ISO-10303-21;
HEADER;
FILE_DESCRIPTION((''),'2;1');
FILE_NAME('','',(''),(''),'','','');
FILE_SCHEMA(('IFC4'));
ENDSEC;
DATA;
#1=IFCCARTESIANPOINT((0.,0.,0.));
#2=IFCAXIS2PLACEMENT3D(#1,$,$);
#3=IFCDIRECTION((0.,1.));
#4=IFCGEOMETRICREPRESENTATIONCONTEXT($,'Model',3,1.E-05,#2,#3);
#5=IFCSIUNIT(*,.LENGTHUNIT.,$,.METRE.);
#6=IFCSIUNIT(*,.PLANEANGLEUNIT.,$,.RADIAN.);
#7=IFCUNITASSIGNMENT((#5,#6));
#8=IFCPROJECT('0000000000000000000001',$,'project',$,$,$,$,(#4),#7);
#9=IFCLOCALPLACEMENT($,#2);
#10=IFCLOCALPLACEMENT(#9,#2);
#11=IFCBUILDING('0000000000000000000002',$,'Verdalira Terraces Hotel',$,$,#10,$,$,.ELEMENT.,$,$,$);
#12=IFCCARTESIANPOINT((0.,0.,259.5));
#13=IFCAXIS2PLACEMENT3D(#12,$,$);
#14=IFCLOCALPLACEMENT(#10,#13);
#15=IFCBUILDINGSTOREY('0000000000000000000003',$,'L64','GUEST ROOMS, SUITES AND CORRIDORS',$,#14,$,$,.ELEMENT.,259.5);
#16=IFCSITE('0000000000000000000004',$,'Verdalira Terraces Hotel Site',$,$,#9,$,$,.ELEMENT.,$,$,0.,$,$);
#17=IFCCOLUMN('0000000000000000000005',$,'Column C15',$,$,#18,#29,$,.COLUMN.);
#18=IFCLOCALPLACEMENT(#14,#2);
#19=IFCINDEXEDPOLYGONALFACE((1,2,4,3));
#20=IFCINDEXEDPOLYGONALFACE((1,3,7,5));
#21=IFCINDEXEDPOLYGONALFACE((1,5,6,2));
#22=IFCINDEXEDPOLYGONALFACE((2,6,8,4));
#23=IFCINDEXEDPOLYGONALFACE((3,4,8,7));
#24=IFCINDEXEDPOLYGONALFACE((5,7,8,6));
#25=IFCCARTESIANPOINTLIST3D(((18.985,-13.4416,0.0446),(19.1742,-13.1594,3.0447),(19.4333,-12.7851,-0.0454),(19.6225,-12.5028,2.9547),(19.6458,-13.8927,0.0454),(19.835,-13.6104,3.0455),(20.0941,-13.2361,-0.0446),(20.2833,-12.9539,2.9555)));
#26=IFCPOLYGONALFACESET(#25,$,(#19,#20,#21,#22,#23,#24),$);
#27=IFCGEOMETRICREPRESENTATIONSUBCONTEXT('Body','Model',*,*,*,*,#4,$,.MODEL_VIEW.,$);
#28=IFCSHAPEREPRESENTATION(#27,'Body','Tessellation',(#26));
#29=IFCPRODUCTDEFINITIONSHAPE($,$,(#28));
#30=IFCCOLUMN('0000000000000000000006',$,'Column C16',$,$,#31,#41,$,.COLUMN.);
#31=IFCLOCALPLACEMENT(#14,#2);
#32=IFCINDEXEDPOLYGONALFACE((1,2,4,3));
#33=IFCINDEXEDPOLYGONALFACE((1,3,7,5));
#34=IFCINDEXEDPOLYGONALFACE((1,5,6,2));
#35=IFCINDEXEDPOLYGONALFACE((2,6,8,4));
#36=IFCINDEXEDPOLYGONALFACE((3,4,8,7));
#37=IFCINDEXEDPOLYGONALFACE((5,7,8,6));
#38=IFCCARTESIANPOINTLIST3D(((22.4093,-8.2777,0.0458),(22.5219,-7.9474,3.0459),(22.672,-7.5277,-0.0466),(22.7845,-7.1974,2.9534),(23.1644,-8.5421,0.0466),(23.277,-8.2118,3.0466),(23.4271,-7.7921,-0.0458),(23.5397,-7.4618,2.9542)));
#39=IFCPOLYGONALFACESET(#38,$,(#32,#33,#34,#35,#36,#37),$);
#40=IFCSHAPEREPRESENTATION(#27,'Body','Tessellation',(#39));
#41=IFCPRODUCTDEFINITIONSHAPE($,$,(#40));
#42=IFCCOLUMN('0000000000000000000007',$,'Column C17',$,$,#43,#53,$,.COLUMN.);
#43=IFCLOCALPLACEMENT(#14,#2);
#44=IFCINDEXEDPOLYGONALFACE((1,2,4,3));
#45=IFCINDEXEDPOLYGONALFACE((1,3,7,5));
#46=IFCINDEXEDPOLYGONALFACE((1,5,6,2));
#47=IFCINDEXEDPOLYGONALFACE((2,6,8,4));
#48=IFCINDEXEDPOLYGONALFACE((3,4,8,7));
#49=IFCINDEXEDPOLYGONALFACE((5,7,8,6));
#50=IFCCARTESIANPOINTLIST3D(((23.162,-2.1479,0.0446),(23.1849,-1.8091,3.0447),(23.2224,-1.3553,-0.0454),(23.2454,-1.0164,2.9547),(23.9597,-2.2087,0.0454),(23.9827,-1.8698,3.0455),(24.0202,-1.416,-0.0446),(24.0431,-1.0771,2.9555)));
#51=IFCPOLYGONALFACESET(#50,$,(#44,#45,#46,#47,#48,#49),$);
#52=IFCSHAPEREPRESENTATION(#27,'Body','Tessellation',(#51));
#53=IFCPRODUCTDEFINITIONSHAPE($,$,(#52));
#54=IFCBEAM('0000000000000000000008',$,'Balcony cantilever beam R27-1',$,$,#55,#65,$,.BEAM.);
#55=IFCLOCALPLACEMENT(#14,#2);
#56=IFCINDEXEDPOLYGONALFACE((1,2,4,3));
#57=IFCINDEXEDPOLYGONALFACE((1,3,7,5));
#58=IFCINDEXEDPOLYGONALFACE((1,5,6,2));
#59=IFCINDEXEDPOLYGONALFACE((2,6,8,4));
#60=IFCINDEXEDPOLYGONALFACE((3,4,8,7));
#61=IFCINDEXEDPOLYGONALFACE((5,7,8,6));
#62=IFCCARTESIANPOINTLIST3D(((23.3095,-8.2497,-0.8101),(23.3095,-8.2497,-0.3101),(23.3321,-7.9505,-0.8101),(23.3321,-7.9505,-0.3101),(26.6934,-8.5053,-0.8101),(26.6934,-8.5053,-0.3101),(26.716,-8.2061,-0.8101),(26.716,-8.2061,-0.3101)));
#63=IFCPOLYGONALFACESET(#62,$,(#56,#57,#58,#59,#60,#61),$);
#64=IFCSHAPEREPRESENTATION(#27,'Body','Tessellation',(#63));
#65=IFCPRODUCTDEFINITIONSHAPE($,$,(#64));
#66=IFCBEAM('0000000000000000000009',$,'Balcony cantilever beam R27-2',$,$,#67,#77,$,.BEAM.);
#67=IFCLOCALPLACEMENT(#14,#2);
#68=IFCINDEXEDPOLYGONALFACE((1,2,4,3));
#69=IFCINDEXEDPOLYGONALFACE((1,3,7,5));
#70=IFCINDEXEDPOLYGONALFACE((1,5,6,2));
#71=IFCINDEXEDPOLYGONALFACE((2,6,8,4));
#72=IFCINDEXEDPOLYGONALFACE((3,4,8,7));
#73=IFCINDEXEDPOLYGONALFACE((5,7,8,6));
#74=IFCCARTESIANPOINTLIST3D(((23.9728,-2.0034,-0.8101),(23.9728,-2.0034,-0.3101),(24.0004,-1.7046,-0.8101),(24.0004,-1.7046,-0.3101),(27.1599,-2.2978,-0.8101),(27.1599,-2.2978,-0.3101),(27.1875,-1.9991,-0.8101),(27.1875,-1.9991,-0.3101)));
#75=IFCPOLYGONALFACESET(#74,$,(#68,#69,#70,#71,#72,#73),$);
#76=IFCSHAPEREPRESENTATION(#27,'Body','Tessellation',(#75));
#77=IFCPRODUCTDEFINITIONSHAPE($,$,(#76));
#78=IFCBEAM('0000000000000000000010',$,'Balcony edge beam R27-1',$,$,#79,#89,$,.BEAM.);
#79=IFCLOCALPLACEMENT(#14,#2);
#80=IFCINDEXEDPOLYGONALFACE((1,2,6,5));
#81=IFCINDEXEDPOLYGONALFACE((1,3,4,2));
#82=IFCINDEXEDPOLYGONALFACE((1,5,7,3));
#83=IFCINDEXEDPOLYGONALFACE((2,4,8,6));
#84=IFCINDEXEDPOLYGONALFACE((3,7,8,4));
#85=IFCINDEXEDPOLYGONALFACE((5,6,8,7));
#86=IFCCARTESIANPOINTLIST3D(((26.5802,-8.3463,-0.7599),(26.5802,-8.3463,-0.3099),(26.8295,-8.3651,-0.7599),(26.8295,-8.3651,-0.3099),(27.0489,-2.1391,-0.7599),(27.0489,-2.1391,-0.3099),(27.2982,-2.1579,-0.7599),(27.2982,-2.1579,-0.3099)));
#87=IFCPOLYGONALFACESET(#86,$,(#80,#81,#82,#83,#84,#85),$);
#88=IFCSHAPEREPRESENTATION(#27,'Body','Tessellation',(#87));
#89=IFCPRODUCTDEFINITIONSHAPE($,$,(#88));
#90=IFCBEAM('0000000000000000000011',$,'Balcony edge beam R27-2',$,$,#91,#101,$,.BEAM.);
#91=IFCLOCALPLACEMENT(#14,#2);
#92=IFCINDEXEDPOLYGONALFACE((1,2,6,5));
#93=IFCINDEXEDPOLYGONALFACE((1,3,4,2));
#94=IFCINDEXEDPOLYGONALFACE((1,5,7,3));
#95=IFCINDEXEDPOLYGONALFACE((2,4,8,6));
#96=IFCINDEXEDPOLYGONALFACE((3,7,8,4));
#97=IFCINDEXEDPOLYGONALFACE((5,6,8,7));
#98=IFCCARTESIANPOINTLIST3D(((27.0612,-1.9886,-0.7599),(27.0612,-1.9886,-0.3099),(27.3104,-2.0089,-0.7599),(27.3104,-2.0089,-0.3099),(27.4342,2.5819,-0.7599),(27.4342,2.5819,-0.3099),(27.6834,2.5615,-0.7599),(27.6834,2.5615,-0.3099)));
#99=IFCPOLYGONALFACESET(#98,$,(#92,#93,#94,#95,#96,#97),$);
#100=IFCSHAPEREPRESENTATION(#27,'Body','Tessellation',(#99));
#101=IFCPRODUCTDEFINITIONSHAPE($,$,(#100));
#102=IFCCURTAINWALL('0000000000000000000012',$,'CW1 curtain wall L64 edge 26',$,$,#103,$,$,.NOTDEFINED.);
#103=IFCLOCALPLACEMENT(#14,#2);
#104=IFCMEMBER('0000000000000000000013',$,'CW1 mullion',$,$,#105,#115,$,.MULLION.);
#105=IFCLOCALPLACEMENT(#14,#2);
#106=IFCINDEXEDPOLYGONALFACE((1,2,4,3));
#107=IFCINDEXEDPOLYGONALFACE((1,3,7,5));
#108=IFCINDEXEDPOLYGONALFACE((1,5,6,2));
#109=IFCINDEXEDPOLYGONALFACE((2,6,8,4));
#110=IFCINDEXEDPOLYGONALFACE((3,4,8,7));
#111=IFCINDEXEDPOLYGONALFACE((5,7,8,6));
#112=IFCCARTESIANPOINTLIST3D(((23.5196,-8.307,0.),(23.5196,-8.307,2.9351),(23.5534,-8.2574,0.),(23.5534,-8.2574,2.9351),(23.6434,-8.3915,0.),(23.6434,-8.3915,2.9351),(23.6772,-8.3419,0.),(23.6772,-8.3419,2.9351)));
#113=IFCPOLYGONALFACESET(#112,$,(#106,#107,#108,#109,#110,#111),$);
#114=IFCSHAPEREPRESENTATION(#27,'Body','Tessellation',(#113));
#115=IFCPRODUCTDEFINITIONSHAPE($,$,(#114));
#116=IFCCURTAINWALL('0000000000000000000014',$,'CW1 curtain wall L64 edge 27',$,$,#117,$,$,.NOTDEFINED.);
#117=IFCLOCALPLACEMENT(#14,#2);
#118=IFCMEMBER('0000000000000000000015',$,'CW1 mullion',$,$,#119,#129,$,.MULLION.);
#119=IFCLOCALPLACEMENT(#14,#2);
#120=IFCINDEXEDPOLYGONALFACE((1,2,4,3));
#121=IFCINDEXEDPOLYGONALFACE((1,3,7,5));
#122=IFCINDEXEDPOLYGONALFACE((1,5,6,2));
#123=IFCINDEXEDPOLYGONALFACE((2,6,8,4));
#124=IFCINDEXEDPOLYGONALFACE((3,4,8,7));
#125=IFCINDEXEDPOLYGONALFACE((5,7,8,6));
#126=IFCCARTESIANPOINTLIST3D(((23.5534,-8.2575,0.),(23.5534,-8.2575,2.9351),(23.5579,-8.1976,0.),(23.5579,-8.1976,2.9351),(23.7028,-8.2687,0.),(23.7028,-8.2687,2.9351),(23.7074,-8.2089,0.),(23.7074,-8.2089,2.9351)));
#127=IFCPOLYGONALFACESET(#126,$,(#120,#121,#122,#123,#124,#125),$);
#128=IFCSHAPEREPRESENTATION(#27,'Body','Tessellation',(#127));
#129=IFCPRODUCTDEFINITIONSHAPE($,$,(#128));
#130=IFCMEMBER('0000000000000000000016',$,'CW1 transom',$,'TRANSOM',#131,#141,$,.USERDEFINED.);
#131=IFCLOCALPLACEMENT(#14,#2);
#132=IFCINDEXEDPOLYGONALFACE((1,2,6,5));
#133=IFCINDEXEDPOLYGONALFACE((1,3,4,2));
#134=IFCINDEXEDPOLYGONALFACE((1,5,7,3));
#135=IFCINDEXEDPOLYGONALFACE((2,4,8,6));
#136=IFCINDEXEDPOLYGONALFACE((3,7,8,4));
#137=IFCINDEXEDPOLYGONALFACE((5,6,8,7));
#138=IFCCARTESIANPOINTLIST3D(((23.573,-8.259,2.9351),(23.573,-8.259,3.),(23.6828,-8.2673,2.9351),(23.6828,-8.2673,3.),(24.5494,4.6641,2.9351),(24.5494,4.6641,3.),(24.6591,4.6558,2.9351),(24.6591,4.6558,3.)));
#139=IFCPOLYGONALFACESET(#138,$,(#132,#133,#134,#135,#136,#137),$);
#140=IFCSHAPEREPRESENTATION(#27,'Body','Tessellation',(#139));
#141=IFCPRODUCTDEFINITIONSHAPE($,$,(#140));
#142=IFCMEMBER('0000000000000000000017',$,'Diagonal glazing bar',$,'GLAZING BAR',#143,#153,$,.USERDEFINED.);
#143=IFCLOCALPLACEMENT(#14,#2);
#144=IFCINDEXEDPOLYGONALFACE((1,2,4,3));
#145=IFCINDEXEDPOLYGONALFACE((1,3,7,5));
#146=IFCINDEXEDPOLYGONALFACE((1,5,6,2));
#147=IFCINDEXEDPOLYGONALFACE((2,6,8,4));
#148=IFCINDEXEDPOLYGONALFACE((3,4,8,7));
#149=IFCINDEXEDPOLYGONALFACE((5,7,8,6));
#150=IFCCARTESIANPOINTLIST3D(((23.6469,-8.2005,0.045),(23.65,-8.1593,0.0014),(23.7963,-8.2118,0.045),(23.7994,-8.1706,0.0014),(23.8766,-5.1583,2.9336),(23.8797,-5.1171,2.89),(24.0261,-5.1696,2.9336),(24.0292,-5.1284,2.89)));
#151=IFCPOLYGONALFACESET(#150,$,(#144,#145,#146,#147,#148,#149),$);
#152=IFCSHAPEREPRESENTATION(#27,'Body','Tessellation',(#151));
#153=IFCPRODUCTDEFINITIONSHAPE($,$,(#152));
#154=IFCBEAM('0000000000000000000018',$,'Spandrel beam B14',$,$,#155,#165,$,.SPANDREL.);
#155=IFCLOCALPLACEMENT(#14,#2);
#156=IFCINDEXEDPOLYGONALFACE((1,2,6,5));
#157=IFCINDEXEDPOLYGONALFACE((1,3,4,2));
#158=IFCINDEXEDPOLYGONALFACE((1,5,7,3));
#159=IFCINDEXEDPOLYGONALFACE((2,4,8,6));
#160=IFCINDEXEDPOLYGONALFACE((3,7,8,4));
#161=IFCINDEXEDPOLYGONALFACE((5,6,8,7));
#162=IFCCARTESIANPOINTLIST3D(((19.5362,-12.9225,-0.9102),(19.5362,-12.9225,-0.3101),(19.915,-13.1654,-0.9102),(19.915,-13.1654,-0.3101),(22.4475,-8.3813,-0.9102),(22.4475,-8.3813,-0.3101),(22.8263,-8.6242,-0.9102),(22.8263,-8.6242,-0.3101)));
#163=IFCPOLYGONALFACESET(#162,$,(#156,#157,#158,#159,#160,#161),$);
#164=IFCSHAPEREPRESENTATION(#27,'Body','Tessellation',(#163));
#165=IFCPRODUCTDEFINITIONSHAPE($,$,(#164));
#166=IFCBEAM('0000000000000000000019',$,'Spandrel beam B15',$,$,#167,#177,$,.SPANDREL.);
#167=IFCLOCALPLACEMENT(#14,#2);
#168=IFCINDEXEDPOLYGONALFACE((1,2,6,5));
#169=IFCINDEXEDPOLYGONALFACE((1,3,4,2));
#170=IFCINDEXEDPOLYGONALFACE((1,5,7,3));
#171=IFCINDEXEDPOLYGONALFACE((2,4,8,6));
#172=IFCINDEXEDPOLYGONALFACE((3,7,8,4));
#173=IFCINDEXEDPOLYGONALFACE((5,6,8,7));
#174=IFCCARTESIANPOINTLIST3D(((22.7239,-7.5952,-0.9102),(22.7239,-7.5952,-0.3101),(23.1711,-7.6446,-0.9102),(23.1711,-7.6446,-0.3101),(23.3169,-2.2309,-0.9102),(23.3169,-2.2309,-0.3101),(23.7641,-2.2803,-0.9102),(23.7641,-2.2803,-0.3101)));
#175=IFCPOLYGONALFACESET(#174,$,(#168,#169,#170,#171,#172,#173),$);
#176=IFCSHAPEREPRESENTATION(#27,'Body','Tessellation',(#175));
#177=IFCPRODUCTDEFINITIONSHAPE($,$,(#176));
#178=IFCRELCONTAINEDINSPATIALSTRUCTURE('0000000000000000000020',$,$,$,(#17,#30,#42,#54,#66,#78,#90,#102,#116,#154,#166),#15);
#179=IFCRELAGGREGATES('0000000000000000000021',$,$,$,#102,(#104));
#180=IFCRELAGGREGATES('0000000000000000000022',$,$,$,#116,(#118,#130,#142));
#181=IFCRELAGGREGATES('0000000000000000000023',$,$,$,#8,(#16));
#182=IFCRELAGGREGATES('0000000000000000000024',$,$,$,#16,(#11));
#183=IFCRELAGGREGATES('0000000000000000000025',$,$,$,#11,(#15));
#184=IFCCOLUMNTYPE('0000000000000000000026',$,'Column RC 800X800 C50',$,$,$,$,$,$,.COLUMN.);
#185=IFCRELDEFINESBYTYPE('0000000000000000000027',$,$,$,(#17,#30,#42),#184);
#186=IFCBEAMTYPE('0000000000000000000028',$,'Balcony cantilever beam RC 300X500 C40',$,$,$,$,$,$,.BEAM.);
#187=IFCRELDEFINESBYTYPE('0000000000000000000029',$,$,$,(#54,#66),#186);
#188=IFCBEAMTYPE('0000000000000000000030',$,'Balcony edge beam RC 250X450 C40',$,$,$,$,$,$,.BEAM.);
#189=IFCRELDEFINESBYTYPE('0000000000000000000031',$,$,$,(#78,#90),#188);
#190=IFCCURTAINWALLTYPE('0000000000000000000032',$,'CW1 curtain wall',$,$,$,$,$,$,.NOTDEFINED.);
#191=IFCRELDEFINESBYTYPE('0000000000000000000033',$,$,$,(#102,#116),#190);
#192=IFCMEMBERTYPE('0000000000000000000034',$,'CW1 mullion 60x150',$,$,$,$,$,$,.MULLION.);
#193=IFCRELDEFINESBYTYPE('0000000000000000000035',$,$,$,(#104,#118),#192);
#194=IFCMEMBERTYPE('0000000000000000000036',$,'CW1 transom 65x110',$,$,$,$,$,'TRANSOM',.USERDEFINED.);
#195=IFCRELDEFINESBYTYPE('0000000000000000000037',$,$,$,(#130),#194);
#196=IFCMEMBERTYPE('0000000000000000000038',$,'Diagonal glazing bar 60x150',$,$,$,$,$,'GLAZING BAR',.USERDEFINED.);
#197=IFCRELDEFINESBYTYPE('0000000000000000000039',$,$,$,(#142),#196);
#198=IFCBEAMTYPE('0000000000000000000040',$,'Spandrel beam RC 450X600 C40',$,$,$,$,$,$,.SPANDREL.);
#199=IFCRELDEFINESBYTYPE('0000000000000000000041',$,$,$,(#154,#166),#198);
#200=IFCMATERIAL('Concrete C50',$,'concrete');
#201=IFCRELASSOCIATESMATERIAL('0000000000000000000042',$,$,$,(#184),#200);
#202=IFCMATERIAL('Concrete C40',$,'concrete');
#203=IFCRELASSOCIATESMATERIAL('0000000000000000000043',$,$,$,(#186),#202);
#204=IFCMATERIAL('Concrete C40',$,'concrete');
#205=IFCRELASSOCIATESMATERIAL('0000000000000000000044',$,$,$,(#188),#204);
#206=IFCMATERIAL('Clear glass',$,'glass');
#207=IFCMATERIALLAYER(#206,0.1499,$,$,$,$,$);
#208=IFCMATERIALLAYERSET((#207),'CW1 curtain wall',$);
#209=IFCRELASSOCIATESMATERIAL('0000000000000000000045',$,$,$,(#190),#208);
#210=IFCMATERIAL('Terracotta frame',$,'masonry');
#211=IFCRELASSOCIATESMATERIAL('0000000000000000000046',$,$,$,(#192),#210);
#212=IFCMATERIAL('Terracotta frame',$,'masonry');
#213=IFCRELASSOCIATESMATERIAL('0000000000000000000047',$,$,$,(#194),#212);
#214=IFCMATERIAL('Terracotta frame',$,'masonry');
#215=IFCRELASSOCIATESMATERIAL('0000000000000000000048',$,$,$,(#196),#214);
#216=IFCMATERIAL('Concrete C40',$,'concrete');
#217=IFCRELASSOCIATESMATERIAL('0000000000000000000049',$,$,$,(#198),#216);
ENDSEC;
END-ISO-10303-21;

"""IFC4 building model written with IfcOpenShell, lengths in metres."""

from ifc_helpers import new_model, si_unit, direction, frame, origin, origin_2d, place, context, subcontext, project, spatial, rectangle, extrude, material, layer, layer_set, material_profile, profile_set, type_object, element, aggregate, save


model = new_model("IFC4")

# Units and contexts
model_context = context("Model", 3, precision=1e-05, world=origin(), true_north=direction((0.0, 1.0)))
body_context = subcontext(model_context, "Body", "Model", "MODEL_VIEW")
ifc_project = project(units=[si_unit("LENGTHUNIT", "METRE"), si_unit("PLANEANGLEUNIT", "RADIAN")], contexts=[model_context])

# Site, building, storey
site_placement = place(None, origin())
site = spatial("IfcSite", under=ifc_project, at=site_placement, Name="Verdalira Terraces Hotel Site", CompositionType="ELEMENT", RefElevation=0.0)
building_placement = place(site_placement, origin())
building = spatial("IfcBuilding", under=site, at=building_placement, Name="Verdalira Terraces Hotel", CompositionType="ELEMENT")
storey_placement = place(building_placement, frame((0.0, 0.0, 259.5)))
storey = spatial("IfcBuildingStorey", under=building, at=storey_placement, Name="L64", Description="GUEST ROOMS, SUITES AND CORRIDORS", CompositionType="ELEMENT", Elevation=259.5)

# Columns
ifc_material_1 = material(Name="Concrete C50", Category="concrete")
ifc_material_profile_1 = material_profile(ifc_material_1, rectangle(XDim=0.8, YDim=0.8, at=origin_2d()), Name="RC 800X800")
ifc_profile_set_1 = profile_set([ifc_material_profile_1], Name="Concrete C50")
column_type = type_object("IfcColumnType", Name="Column RC 800X800 C50", PredefinedType="COLUMN", material=ifc_profile_set_1)
column_1_placement = place(storey_placement, frame((19.5396, -13.3389, 0.0), z_axis=(0.062669, 0.093478, 0.993647), x_axis=(0.5603, 0.820609, -0.112537)))
element("IfcColumn", 1, at=column_1_placement, inside=storey, type_object=column_type, Name="Column C15", PredefinedType="COLUMN", context=body_context, shape_type="SweptSolid", body=[
    extrude(rectangle(XDim=0.8, YDim=0.8, at=origin_2d()), origin(), (0.0, 0.0, 1.0), 3.0193),
])
column_2_placement = place(storey_placement, frame((22.9182, -8.0349, 0.0), z_axis=(0.037265, 0.10937, 0.993302), x_axis=(-0.328328, -0.93747, 0.11554)))
element("IfcColumn", 2, at=column_2_placement, inside=storey, type_object=column_type, Name="Column C16", PredefinedType="COLUMN", context=body_context, shape_type="SweptSolid", body=[
    extrude(rectangle(XDim=0.8, YDim=0.8, at=origin_2d()), origin(), (0.0, 0.0, 1.0), 3.0203),
])
column_3_placement = place(storey_placement, frame((23.5911, -1.782, 0.0), z_axis=(0.007601, 0.112239, 0.993652), x_axis=(0.07555, 0.990776, -0.112492)))
element("IfcColumn", 3, at=column_3_placement, inside=storey, type_object=column_type, Name="Column C17", PredefinedType="COLUMN", context=body_context, shape_type="SweptSolid", body=[
    extrude(rectangle(XDim=0.8, YDim=0.8, at=origin_2d()), origin(), (0.0, 0.0, 1.0), 3.0193),
])

# Beams
ifc_material_2 = material(Name="Concrete C40", Category="concrete")
ifc_material_profile_2 = material_profile(ifc_material_2, rectangle(XDim=0.3, YDim=0.5, at=origin_2d()), Name="RC 300X500")
ifc_profile_set_2 = profile_set([ifc_material_profile_2], Name="Concrete C40")
beam_type_1 = type_object("IfcBeamType", Name="Balcony cantilever beam RC 300X500 C40", PredefinedType="BEAM", material=ifc_profile_set_2)
beam_1_placement = place(storey_placement, frame((23.3208, -8.1001, -0.5601), z_axis=(0.997159, -0.075321, 0.0), x_axis=(0.075321, 0.997159, 0.0)))
element("IfcBeam", 4, at=beam_1_placement, inside=storey, type_object=beam_type_1, Name="Balcony cantilever beam R27-1", PredefinedType="BEAM", context=body_context, shape_type="SweptSolid", body=[
    extrude(rectangle(XDim=0.3, YDim=0.5, at=origin_2d()), origin(), (0.0, 0.0, 1.0), 3.3936),
])
beam_2_placement = place(storey_placement, frame((23.9866, -1.854, -0.5601), z_axis=(0.99576, -0.091994, 0.0), x_axis=(0.091994, 0.99576, 0.0)))
element("IfcBeam", 5, at=beam_2_placement, inside=storey, type_object=beam_type_1, Name="Balcony cantilever beam R27-2", PredefinedType="BEAM", context=body_context, shape_type="SweptSolid", body=[
    extrude(rectangle(XDim=0.3, YDim=0.5, at=origin_2d()), origin(), (0.0, 0.0, 1.0), 3.2007),
])
ifc_material_3 = material(Name="Concrete C40", Category="concrete")
ifc_material_profile_3 = material_profile(ifc_material_3, rectangle(XDim=0.25, YDim=0.45, at=origin_2d()), Name="RC 250X450")
ifc_profile_set_3 = profile_set([ifc_material_profile_3], Name="Concrete C40")
beam_type_2 = type_object("IfcBeamType", Name="Balcony edge beam RC 250X450 C40", PredefinedType="BEAM", material=ifc_profile_set_3)
beam_3_placement = place(storey_placement, frame((26.7048, -8.3557, -0.5349), z_axis=(0.075302, 0.997161, 0.0), x_axis=(-0.997161, 0.075302, 0.0)))
element("IfcBeam", 6, at=beam_3_placement, inside=storey, type_object=beam_type_2, Name="Balcony edge beam R27-1", PredefinedType="BEAM", context=body_context, shape_type="SweptSolid", body=[
    extrude(rectangle(XDim=0.25, YDim=0.45, at=origin_2d()), origin(), (0.0, 0.0, 1.0), 6.2249),
])
beam_4_placement = place(storey_placement, frame((27.1858, -1.9988, -0.5349), z_axis=(0.081349, 0.996686, 0.0), x_axis=(-0.996686, 0.081349, 0.0)))
element("IfcBeam", 7, at=beam_4_placement, inside=storey, type_object=beam_type_2, Name="Balcony edge beam R27-2", PredefinedType="BEAM", context=body_context, shape_type="SweptSolid", body=[
    extrude(rectangle(XDim=0.25, YDim=0.45, at=origin_2d()), origin(), (0.0, 0.0, 1.0), 4.5857),
])

# Curtain wall, member
ifc_material_4 = material(Name="Clear glass", Category="glass")
ifc_layer_1 = layer(ifc_material_4, 0.1499)
ifc_layer_set_1 = layer_set([ifc_layer_1], Name="CW1 curtain wall")
curtain_wall_type = type_object("IfcCurtainWallType", Name="CW1 curtain wall", PredefinedType="NOTDEFINED", material=ifc_layer_set_1)
curtain_wall_1_placement = place(storey_placement, origin())
curtain_wall_1 = element("IfcCurtainWall", 8, at=curtain_wall_1_placement, inside=storey, type_object=curtain_wall_type, Name="CW1 curtain wall L64 edge 26", PredefinedType="NOTDEFINED")
ifc_material_5 = material(Name="Terracotta frame", Category="masonry")
ifc_material_profile_4 = material_profile(ifc_material_5, rectangle(XDim=0.0601, YDim=0.1499, at=origin_2d()), Name="MU 60x150")
ifc_profile_set_4 = profile_set([ifc_material_profile_4], Name="Terracotta frame")
member_type_1 = type_object("IfcMemberType", Name="CW1 mullion 60x150", PredefinedType="MULLION", material=ifc_profile_set_4)
member_1_placement = place(storey_placement, frame((23.5984, -8.3245, 0.0), z_axis=(0.0, 0.0, 1.0), x_axis=(0.563814, 0.825902, 0.0)))
member_1 = element("IfcMember", 9, at=member_1_placement, type_object=member_type_1, Name="CW1 mullion", PredefinedType="MULLION", context=body_context, shape_type="SweptSolid", body=[
    extrude(rectangle(XDim=0.0601, YDim=0.1499, at=origin_2d()), origin(), (0.0, 0.0, 1.0), 2.9351),
])

# Curtain wall, members
curtain_wall_2_placement = place(storey_placement, origin())
curtain_wall_2 = element("IfcCurtainWall", 10, at=curtain_wall_2_placement, inside=storey, type_object=curtain_wall_type, Name="CW1 curtain wall L64 edge 27", PredefinedType="NOTDEFINED")
member_2_placement = place(storey_placement, frame((23.6304, -8.2332, 0.0), z_axis=(0.0, 0.0, 1.0), x_axis=(0.075327, 0.997159, 0.0)))
member_2 = element("IfcMember", 11, at=member_2_placement, type_object=member_type_1, Name="CW1 mullion", PredefinedType="MULLION", context=body_context, shape_type="SweptSolid", body=[
    extrude(rectangle(XDim=0.0601, YDim=0.1499, at=origin_2d()), origin(), (0.0, 0.0, 1.0), 2.9351),
])
ifc_material_6 = material(Name="Terracotta frame", Category="masonry")
ifc_material_profile_5 = material_profile(ifc_material_6, rectangle(XDim=0.1101, YDim=0.0649, at=origin_2d()), Name="TR 65x110")
ifc_profile_set_5 = profile_set([ifc_material_profile_5], Name="Terracotta frame")
member_type_2 = type_object("IfcMemberType", Name="CW1 transom 65x110", ElementType="TRANSOM", PredefinedType="USERDEFINED", material=ifc_profile_set_5)
member_3_placement = place(storey_placement, frame((23.6279, -8.2632, 2.9675), z_axis=(0.075334, 0.997158, 0.0), x_axis=(-0.997158, 0.075334, 0.0)))
member_3 = element("IfcMember", 12, at=member_3_placement, type_object=member_type_2, Name="CW1 transom", ObjectType="TRANSOM", PredefinedType="USERDEFINED", context=body_context, shape_type="SweptSolid", body=[
    extrude(rectangle(XDim=0.1101, YDim=0.0649, at=origin_2d()), origin(), (0.0, 0.0, 1.0), 12.96),
])
ifc_material_7 = material(Name="Terracotta frame", Category="masonry")
ifc_material_profile_6 = material_profile(ifc_material_7, rectangle(XDim=0.1499, YDim=0.0601, at=origin_2d()), Name="GB 60x150")
ifc_profile_set_6 = profile_set([ifc_material_profile_6], Name="Terracotta frame")
member_type_3 = type_object("IfcMemberType", Name="Diagonal glazing bar 60x150", ElementType="GLAZING BAR", PredefinedType="USERDEFINED", material=ifc_profile_set_6)
member_4_placement = place(storey_placement, frame((23.7231, -8.1855, 0.0232), z_axis=(0.05468, 0.724087, 0.687537), x_axis=(-0.997161, 0.075301, 0.0)))
member_4 = element("IfcMember", 13, at=member_4_placement, type_object=member_type_3, Name="Diagonal glazing bar", ObjectType="GLAZING BAR", PredefinedType="USERDEFINED", context=body_context, shape_type="SweptSolid", body=[
    extrude(rectangle(XDim=0.1499, YDim=0.0601, at=origin_2d()), origin(), (0.0, 0.0, 1.0), 4.2014),
])

# Beams
ifc_material_8 = material(Name="Concrete C40", Category="concrete")
ifc_material_profile_7 = material_profile(ifc_material_8, rectangle(XDim=0.45, YDim=0.6001, at=origin_2d()), Name="RC 450X600")
ifc_profile_set_7 = profile_set([ifc_material_profile_7], Name="Concrete C40")
beam_type_3 = type_object("IfcBeamType", Name="Spandrel beam RC 450X600 C40", PredefinedType="SPANDREL", material=ifc_profile_set_7)
beam_5_placement = place(storey_placement, frame((19.7256, -13.0439, -0.6101), z_axis=(0.539707, 0.841853, 0.0), x_axis=(-0.841853, 0.539707, 0.0)))
element("IfcBeam", 14, at=beam_5_placement, inside=storey, type_object=beam_type_3, Name="Spandrel beam B14", PredefinedType="SPANDREL", context=body_context, shape_type="SweptSolid", body=[
    extrude(rectangle(XDim=0.45, YDim=0.6001, at=origin_2d()), origin(), (0.0, 0.0, 1.0), 5.3943),
])
beam_6_placement = place(storey_placement, frame((22.9475, -7.6199, -0.6101), z_axis=(0.10988, 0.993945, 0.0), x_axis=(-0.993945, 0.10988, 0.0)))
element("IfcBeam", 15, at=beam_6_placement, inside=storey, type_object=beam_type_3, Name="Spandrel beam B15", PredefinedType="SPANDREL", context=body_context, shape_type="SweptSolid", body=[
    extrude(rectangle(XDim=0.45, YDim=0.6001, at=origin_2d()), origin(), (0.0, 0.0, 1.0), 5.397),
])

aggregate(curtain_wall_1, [member_1])
aggregate(curtain_wall_2, [member_2, member_3, member_4])

save(model, "model.ifc")
